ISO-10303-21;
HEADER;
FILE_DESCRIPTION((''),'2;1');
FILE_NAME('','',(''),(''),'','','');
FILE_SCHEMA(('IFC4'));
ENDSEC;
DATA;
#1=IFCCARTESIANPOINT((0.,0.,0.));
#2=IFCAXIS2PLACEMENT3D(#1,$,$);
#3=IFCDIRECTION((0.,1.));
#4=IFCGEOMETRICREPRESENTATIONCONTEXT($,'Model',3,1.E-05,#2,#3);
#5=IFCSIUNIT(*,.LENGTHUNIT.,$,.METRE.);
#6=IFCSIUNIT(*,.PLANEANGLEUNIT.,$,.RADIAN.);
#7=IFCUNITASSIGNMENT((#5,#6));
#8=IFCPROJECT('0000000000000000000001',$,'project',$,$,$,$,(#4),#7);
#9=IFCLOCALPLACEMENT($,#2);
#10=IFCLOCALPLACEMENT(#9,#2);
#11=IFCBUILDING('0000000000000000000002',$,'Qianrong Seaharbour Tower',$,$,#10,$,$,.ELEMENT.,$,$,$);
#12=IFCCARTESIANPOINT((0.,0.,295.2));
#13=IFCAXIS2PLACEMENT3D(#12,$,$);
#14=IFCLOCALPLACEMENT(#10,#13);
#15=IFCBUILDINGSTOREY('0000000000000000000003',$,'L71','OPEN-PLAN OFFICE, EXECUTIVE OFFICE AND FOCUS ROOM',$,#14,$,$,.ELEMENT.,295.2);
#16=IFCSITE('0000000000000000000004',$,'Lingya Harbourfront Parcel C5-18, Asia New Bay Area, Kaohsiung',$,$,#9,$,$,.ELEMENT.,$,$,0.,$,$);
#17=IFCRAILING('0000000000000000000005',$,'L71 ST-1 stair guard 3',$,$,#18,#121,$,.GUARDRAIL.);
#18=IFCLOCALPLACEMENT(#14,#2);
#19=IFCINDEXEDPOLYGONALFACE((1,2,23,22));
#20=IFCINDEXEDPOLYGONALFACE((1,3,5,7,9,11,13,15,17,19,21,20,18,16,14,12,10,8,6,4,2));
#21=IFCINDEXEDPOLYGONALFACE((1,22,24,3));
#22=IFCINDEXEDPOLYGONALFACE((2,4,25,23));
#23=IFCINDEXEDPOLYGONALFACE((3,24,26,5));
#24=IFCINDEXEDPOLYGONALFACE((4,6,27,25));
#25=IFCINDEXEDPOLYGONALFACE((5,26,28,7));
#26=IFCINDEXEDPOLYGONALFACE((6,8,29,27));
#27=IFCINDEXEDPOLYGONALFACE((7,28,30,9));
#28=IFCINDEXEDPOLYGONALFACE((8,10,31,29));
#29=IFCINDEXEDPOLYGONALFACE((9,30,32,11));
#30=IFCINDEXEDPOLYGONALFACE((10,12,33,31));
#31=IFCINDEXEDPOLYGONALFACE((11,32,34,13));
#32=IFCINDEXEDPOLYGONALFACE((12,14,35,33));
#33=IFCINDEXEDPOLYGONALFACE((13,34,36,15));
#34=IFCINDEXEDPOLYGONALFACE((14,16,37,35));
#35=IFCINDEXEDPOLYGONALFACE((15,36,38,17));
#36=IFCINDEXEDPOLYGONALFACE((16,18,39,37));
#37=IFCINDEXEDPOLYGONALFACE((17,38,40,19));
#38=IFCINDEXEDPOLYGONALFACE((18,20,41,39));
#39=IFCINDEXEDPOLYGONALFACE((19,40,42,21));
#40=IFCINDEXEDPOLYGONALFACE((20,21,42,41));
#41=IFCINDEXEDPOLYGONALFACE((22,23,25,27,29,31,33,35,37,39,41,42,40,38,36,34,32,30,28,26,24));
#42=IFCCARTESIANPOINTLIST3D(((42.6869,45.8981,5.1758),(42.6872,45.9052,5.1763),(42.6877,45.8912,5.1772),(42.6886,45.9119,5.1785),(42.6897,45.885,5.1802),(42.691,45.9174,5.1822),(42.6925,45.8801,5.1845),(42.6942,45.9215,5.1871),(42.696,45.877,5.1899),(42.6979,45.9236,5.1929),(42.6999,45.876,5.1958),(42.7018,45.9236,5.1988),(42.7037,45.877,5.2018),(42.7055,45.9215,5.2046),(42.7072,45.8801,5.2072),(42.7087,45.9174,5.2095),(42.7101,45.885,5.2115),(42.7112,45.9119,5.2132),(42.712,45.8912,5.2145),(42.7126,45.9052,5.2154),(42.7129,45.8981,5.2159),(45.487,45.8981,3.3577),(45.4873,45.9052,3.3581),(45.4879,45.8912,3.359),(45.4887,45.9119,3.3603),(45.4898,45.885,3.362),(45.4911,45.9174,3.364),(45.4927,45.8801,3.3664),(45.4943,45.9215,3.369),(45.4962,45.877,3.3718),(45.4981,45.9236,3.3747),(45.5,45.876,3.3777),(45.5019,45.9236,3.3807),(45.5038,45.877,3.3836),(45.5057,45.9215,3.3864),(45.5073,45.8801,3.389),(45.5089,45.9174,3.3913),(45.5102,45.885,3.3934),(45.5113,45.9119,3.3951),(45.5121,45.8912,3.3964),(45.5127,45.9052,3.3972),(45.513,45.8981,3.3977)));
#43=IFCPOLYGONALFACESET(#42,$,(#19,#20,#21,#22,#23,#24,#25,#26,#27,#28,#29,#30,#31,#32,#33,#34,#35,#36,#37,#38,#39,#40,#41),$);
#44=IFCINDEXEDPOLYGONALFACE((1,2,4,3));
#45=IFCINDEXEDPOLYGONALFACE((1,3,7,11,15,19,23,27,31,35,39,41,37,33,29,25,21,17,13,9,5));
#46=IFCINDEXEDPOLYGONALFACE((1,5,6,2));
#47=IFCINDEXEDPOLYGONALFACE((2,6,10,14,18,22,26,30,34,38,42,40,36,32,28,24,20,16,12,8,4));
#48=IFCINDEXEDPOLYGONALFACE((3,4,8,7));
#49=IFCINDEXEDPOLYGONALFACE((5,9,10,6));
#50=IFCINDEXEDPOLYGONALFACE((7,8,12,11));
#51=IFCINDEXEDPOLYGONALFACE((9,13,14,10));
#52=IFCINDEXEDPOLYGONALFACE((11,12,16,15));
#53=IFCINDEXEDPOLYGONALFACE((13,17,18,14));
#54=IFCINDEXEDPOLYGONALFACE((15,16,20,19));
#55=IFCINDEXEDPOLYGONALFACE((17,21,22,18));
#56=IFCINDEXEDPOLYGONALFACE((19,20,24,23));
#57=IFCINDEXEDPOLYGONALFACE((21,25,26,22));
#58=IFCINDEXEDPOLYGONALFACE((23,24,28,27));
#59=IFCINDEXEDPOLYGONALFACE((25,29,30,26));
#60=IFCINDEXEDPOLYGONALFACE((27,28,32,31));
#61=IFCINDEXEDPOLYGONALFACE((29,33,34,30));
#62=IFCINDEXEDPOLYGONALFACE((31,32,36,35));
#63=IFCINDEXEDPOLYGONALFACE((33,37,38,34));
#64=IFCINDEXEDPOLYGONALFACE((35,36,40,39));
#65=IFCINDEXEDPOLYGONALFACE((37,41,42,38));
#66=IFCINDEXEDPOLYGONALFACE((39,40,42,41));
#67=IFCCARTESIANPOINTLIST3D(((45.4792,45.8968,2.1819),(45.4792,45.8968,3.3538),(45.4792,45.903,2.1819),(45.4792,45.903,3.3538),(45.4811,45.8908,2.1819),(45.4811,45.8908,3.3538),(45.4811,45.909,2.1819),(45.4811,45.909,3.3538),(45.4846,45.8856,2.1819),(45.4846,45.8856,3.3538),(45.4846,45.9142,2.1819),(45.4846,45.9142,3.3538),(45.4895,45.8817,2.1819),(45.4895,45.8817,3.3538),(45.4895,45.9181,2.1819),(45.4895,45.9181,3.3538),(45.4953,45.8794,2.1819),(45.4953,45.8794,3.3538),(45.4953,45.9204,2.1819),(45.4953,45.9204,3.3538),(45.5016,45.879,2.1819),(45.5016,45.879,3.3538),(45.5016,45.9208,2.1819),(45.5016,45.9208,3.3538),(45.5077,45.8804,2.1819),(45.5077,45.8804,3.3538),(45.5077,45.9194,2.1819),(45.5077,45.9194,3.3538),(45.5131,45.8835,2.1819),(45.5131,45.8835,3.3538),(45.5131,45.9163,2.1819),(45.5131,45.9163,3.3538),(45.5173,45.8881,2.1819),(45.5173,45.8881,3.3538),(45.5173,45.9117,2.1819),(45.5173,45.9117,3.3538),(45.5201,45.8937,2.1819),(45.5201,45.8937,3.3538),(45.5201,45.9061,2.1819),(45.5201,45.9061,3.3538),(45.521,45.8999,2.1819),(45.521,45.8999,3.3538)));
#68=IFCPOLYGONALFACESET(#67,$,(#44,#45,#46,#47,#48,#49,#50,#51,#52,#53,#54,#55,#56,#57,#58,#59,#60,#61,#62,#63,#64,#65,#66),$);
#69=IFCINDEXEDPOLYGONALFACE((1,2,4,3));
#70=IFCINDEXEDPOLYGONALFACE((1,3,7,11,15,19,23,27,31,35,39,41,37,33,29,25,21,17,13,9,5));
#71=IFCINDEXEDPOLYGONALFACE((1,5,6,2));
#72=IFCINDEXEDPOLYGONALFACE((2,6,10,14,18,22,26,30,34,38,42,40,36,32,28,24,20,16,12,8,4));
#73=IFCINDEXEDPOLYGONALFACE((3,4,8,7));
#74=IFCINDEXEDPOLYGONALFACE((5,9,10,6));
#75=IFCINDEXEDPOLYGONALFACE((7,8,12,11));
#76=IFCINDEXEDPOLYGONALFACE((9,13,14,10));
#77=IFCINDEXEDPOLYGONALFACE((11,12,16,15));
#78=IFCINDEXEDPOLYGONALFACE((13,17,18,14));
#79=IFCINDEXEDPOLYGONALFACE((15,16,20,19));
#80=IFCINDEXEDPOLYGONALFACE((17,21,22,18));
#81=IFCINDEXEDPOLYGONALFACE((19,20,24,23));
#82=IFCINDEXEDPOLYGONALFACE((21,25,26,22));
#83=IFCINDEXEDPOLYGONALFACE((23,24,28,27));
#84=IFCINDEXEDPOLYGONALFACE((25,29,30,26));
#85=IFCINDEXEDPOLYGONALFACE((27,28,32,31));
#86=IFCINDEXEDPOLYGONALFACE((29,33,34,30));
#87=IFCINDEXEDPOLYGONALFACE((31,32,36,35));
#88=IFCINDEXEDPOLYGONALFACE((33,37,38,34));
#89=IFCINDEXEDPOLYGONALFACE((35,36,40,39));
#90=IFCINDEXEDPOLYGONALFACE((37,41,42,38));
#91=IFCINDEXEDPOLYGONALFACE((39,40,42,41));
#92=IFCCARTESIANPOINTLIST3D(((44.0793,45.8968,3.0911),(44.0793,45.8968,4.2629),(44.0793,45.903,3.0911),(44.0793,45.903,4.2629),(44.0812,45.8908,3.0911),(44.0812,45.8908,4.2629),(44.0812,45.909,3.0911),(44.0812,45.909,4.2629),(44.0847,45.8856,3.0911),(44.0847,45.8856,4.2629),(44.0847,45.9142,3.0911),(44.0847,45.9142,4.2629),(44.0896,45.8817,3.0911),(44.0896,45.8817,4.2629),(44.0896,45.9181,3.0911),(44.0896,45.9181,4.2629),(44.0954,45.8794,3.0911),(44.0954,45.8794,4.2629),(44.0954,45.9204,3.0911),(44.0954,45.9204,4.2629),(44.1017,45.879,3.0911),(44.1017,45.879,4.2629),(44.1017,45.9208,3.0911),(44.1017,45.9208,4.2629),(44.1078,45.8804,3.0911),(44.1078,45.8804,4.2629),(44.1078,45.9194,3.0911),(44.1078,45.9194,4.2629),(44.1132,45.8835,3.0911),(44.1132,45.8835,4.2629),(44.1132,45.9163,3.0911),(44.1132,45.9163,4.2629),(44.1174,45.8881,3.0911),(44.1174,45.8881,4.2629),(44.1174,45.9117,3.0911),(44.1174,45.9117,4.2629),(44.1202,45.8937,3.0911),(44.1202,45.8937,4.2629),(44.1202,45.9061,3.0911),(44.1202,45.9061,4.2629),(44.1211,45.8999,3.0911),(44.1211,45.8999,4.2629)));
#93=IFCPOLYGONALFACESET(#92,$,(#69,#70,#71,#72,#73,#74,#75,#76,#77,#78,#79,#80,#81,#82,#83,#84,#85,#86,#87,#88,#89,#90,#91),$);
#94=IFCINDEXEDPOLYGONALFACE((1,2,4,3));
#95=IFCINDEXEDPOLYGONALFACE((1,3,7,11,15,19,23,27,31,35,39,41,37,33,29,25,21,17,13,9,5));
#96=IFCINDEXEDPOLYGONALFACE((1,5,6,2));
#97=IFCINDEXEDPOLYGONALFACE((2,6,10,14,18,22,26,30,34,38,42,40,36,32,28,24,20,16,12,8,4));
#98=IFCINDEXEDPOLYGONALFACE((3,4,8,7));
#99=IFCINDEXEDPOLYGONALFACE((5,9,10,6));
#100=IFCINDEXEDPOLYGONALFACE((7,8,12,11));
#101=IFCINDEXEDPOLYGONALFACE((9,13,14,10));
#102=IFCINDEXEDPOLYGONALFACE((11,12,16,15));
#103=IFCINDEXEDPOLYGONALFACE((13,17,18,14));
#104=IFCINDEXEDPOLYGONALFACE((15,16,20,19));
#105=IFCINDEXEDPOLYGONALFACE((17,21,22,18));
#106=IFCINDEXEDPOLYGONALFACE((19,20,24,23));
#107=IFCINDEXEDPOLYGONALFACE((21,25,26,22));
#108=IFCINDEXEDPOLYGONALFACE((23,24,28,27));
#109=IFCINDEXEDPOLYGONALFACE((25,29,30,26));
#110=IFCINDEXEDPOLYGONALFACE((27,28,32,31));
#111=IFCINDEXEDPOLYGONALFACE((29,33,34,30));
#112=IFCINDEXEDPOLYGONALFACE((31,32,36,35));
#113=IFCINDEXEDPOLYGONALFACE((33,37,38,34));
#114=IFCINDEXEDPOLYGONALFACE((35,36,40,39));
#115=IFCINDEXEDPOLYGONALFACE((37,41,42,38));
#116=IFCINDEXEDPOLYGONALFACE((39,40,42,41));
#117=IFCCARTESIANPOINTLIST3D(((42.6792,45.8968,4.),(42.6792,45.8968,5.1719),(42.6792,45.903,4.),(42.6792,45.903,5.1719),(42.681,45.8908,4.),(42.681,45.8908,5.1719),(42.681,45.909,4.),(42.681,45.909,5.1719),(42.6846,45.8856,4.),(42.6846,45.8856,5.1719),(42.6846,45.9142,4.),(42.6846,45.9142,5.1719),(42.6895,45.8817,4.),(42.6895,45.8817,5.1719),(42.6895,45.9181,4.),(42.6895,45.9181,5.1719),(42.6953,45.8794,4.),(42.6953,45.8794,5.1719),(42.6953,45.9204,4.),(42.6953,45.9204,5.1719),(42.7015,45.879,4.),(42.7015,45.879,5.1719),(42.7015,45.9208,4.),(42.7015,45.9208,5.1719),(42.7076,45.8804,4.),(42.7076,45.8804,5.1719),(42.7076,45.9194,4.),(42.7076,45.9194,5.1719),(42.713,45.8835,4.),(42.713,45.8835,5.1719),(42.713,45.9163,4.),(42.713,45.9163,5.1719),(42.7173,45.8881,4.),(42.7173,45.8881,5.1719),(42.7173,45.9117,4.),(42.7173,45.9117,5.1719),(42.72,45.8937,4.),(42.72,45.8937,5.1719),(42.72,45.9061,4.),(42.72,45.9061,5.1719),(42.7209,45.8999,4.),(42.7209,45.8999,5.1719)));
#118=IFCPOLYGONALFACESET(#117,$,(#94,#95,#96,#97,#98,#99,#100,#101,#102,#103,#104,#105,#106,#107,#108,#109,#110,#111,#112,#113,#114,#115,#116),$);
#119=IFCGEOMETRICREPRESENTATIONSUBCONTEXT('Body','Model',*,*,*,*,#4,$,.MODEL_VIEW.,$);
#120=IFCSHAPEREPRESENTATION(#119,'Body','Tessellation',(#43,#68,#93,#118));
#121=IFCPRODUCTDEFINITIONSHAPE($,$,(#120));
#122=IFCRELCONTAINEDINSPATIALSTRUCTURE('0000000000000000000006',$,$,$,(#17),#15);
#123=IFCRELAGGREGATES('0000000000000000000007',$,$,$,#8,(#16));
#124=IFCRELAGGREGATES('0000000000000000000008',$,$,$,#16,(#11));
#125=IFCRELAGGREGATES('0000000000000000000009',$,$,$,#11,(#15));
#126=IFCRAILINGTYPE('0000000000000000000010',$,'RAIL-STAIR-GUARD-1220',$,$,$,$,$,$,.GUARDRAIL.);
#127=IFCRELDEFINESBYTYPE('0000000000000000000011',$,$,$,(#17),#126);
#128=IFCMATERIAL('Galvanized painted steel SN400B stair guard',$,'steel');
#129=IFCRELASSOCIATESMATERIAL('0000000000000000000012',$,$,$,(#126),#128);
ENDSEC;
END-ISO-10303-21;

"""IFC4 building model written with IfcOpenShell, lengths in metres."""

from ifc_helpers import new_model, si_unit, direction, frame, origin, origin_2d, place, context, subcontext, project, spatial, circle, extrude, material, type_object, element, save


model = new_model("IFC4")

# Units and contexts
model_context = context("Model", 3, precision=1e-05, world=origin(), true_north=direction((0.0, 1.0)))
body_context = subcontext(model_context, "Body", "Model", "MODEL_VIEW")
ifc_project = project(units=[si_unit("LENGTHUNIT", "METRE"), si_unit("PLANEANGLEUNIT", "RADIAN")], contexts=[model_context])

# Site, building, storey
site_placement = place(None, origin())
site = spatial("IfcSite", under=ifc_project, at=site_placement, Name="Lingya Harbourfront Parcel C5-18, Asia New Bay Area, Kaohsiung", CompositionType="ELEMENT", RefElevation=0.0)
building_placement = place(site_placement, origin())
building = spatial("IfcBuilding", under=site, at=building_placement, Name="Qianrong Seaharbour Tower", CompositionType="ELEMENT")
storey_placement = place(building_placement, frame((0.0, 0.0, 295.2)))
storey = spatial("IfcBuildingStorey", under=building, at=storey_placement, Name="L71", Description="OPEN-PLAN OFFICE, EXECUTIVE OFFICE AND FOCUS ROOM", CompositionType="ELEMENT", Elevation=295.2)

# Railing
ifc_material_1 = material(Name="Galvanized painted steel SN400B stair guard", Category="steel")
railing_type_1 = type_object("IfcRailingType", Name="RAIL-STAIR-GUARD-1220", PredefinedType="GUARDRAIL", material=ifc_material_1)
railing_1_placement = place(storey_placement, frame((45.5, 45.8999, 2.1819)))
element("IfcRailing", 1, at=railing_1_placement, inside=storey, type_object=railing_type_1, Name="L71 ST-1 stair guard 3", PredefinedType="GUARDRAIL", context=body_context, shape_type="SweptSolid", body=[
    extrude(circle(Radius=0.0239, at=origin_2d()), frame((0.0, 0.0, 1.1958), z_axis=(-0.838706, 0.0, 0.544585), x_axis=(0.0, -1.0, 0.0)), (0.0, 0.0, 1.0), 3.3386),
    extrude(circle(Radius=0.021, at=origin_2d()), origin(), (0.0, 0.0, 1.0), 1.1719),
    extrude(circle(Radius=0.021, at=origin_2d()), frame((-1.3999, 0.0, 0.9092)), (0.0, 0.0, 1.0), 1.1719),
    extrude(circle(Radius=0.021, at=origin_2d()), frame((-2.8, 0.0, 1.8181)), (0.0, 0.0, 1.0), 1.1719),
])

save(model, "model.ifc")
